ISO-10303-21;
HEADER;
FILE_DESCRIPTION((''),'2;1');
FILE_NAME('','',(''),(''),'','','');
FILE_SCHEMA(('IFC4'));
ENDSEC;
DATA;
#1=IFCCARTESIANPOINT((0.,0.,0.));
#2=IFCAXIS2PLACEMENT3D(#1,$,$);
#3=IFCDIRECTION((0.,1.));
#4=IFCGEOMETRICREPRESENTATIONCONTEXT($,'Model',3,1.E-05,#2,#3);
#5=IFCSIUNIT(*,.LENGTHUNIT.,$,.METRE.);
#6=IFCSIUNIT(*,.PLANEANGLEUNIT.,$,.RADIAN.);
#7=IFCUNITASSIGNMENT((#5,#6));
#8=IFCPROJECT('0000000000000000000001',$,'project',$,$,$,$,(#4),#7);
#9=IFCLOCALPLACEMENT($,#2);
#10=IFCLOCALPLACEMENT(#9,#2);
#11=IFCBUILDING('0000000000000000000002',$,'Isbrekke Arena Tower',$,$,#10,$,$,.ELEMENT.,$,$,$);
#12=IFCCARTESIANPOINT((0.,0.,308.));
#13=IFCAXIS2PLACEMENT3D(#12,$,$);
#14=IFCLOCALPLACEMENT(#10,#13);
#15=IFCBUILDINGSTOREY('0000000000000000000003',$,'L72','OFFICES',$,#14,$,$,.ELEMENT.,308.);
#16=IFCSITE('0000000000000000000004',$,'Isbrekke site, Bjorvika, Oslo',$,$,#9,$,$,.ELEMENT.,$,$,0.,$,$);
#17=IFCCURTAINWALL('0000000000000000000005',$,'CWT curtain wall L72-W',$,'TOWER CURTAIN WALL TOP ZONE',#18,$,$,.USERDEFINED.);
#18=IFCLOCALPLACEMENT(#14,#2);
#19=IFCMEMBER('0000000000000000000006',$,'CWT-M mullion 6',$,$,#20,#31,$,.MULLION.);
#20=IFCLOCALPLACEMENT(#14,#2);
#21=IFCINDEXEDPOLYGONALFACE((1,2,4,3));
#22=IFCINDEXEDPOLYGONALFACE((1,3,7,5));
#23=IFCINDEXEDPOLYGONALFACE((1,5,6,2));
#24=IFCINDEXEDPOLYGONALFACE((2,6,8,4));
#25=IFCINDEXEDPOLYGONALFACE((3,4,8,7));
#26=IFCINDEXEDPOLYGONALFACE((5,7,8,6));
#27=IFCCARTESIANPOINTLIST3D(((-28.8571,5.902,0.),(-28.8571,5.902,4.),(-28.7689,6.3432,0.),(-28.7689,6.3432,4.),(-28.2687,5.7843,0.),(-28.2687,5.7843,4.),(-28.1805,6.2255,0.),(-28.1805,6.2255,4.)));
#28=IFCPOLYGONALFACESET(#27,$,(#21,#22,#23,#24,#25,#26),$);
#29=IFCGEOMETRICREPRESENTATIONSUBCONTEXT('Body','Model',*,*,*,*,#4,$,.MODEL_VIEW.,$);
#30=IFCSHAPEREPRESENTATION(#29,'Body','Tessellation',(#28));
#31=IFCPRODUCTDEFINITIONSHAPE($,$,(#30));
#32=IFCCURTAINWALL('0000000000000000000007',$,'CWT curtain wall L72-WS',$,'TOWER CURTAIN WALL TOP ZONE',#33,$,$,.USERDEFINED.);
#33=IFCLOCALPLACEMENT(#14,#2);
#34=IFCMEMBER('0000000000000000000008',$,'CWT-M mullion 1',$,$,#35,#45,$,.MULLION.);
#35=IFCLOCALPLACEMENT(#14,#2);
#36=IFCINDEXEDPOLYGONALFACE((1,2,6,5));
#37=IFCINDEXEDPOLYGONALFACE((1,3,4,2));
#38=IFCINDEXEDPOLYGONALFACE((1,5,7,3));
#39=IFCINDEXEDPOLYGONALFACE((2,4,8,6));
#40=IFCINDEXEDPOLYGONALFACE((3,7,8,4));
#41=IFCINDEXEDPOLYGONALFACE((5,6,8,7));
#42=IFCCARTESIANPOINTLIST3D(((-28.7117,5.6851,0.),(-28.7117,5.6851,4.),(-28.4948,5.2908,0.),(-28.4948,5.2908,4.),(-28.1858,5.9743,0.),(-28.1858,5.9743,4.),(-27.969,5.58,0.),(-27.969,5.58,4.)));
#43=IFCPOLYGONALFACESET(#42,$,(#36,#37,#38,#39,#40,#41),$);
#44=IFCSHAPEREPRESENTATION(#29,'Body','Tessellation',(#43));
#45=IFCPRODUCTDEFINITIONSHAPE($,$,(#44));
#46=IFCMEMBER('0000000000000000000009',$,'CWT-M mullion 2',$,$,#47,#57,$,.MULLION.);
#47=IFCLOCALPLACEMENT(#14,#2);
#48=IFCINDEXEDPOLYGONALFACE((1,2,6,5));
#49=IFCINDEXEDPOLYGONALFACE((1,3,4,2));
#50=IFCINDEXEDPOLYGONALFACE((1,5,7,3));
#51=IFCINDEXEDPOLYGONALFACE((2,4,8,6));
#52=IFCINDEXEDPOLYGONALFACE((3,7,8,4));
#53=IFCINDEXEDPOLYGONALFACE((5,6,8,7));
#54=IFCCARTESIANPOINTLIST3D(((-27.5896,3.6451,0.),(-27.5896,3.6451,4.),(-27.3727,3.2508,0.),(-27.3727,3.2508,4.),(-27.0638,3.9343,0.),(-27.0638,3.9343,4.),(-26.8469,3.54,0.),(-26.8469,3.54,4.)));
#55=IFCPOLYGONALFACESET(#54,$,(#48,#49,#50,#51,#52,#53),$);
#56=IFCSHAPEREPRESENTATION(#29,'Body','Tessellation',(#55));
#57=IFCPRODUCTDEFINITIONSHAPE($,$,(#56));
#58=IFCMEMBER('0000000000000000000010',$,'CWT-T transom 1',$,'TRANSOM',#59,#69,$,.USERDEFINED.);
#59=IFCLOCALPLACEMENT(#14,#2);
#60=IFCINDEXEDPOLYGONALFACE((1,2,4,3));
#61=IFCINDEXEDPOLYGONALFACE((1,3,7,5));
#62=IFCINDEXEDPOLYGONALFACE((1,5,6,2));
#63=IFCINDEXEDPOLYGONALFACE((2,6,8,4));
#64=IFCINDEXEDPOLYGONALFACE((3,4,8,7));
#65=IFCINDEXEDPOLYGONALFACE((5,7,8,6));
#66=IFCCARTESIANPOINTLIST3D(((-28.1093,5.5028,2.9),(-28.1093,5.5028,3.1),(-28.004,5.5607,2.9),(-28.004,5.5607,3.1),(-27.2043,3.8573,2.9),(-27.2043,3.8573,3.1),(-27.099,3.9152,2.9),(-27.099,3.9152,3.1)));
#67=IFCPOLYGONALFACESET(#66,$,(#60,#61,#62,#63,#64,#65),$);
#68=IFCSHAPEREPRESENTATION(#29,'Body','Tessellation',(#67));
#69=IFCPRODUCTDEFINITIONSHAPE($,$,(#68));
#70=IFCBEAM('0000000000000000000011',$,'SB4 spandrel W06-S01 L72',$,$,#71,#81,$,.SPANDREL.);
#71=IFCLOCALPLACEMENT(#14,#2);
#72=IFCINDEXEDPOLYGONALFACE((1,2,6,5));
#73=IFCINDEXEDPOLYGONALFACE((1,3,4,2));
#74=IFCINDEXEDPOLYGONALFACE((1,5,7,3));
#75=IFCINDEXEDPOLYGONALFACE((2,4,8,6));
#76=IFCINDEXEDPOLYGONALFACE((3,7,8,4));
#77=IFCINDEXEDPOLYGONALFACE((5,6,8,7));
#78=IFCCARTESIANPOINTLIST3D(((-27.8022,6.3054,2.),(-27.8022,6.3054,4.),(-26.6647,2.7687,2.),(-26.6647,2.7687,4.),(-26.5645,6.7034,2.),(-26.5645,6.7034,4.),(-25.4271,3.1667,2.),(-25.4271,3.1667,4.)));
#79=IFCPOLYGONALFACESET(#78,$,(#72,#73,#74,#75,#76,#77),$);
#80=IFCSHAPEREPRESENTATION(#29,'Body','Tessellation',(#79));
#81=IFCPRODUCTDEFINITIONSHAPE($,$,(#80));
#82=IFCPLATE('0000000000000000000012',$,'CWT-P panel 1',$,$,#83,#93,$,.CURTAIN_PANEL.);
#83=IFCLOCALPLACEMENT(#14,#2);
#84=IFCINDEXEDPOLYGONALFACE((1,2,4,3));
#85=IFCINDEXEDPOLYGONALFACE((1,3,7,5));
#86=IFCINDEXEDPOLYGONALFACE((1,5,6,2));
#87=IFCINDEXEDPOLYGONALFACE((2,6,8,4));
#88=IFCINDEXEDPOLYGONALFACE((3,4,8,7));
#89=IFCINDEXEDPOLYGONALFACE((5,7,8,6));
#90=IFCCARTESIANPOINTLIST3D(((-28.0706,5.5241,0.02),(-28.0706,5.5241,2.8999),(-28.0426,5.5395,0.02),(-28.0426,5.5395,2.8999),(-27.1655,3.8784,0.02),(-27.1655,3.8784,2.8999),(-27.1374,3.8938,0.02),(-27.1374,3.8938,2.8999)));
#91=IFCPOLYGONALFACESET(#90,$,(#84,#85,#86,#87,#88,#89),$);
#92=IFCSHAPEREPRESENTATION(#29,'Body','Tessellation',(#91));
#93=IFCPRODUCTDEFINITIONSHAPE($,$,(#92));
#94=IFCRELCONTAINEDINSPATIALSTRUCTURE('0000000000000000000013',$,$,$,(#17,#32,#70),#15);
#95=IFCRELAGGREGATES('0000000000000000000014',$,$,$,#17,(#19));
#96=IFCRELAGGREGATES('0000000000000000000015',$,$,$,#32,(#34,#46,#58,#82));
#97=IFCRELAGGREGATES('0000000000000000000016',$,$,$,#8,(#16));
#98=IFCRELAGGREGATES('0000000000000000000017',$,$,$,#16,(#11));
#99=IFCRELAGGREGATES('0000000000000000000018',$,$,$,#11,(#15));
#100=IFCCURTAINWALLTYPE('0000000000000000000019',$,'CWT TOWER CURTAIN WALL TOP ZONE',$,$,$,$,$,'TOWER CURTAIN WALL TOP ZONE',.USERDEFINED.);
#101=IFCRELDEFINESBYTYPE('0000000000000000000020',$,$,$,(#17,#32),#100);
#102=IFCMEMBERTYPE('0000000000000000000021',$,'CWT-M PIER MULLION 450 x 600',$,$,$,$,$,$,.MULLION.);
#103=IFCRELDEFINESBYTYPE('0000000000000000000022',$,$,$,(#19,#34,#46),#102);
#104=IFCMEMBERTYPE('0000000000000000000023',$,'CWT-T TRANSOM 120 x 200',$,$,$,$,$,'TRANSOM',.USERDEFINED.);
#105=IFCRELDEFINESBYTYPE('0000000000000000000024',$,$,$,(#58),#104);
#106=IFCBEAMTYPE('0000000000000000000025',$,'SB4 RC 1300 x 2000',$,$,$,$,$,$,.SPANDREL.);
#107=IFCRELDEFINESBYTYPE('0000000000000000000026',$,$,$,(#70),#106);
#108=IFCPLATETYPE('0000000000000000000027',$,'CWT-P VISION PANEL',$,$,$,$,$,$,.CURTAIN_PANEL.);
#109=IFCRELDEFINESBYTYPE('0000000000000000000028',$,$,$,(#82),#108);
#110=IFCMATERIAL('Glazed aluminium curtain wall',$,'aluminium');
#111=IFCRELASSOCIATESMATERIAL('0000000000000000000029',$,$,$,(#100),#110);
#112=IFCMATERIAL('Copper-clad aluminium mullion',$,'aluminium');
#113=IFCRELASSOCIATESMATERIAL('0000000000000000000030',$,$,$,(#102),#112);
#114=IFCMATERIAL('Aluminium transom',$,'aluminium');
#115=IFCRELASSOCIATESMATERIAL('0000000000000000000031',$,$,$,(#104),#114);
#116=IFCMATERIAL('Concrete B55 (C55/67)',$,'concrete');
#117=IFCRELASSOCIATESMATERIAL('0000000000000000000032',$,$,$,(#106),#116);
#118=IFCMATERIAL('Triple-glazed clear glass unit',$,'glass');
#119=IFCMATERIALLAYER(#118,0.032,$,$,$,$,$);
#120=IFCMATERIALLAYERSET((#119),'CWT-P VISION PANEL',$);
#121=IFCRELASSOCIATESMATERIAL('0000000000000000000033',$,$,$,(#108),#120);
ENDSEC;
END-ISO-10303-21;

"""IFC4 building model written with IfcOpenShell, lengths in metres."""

from ifc_helpers import new_model, si_unit, direction, frame, origin, origin_2d, place, context, subcontext, project, spatial, rectangle, extrude, material, layer, layer_set, material_profile, profile_set, type_object, element, aggregate, save


model = new_model("IFC4")

# Units and contexts
model_context = context("Model", 3, precision=1e-05, world=origin(), true_north=direction((0.0, 1.0)))
body_context = subcontext(model_context, "Body", "Model", "MODEL_VIEW")
ifc_project = project(units=[si_unit("LENGTHUNIT", "METRE"), si_unit("PLANEANGLEUNIT", "RADIAN")], contexts=[model_context])

# Site, building, storey
site_placement = place(None, origin())
site = spatial("IfcSite", under=ifc_project, at=site_placement, Name="Isbrekke site, Bjorvika, Oslo", CompositionType="ELEMENT", RefElevation=0.0)
building_placement = place(site_placement, origin())
building = spatial("IfcBuilding", under=site, at=building_placement, Name="Isbrekke Arena Tower", CompositionType="ELEMENT")
storey_placement = place(building_placement, frame((0.0, 0.0, 308.0)))
storey = spatial("IfcBuildingStorey", under=building, at=storey_placement, Name="L72", Description="OFFICES", CompositionType="ELEMENT", Elevation=308.0)

# Curtain wall, member
ifc_material_1 = material(Name="Glazed aluminium curtain wall", Category="aluminium")
curtain_wall_type = type_object("IfcCurtainWallType", Name="CWT TOWER CURTAIN WALL TOP ZONE", ElementType="TOWER CURTAIN WALL TOP ZONE", PredefinedType="USERDEFINED", material=ifc_material_1)
curtain_wall_1_placement = place(storey_placement, origin())
curtain_wall_1 = element("IfcCurtainWall", 1, at=curtain_wall_1_placement, inside=storey, type_object=curtain_wall_type, Name="CWT curtain wall L72-W", ObjectType="TOWER CURTAIN WALL TOP ZONE", PredefinedType="USERDEFINED")
ifc_material_2 = material(Name="Copper-clad aluminium mullion", Category="aluminium")
ifc_material_profile_1 = material_profile(ifc_material_2, rectangle(XDim=0.45, YDim=0.6001, at=origin_2d()), Name="PIER 450X600")
ifc_profile_set_1 = profile_set([ifc_material_profile_1], Name="Copper-clad aluminium mullion")
member_type_1 = type_object("IfcMemberType", Name="CWT-M PIER MULLION 450 x 600", PredefinedType="MULLION", material=ifc_profile_set_1)
member_1_placement = place(storey_placement, frame((-28.5188, 6.0637, 0.0), z_axis=(0.0, 0.0, 1.0), x_axis=(-0.196116, -0.980581, 0.0)))
member_1 = element("IfcMember", 2, at=member_1_placement, type_object=member_type_1, Name="CWT-M mullion 6", PredefinedType="MULLION", context=body_context, shape_type="SweptSolid", body=[
    extrude(rectangle(XDim=0.45, YDim=0.6001, at=origin_2d()), origin(), (0.0, 0.0, 1.0), 4.0),
])
aggregate(curtain_wall_1, [member_1])

# Curtain wall, members
curtain_wall_2_placement = place(storey_placement, origin())
curtain_wall_2 = element("IfcCurtainWall", 3, at=curtain_wall_2_placement, inside=storey, type_object=curtain_wall_type, Name="CWT curtain wall L72-WS", ObjectType="TOWER CURTAIN WALL TOP ZONE", PredefinedType="USERDEFINED")
member_2_placement = place(storey_placement, frame((-28.3403, 5.6326, 0.0), z_axis=(0.0, 0.0, 1.0), x_axis=(0.481919, -0.876216, 0.0)))
member_2 = element("IfcMember", 4, at=member_2_placement, type_object=member_type_1, Name="CWT-M mullion 1", PredefinedType="MULLION", context=body_context, shape_type="SweptSolid", body=[
    extrude(rectangle(XDim=0.45, YDim=0.6001, at=origin_2d()), origin(), (0.0, 0.0, 1.0), 4.0),
])
member_3_placement = place(storey_placement, frame((-27.2183, 3.5925, 0.0), z_axis=(0.0, 0.0, 1.0), x_axis=(0.481919, -0.876216, 0.0)))
member_3 = element("IfcMember", 5, at=member_3_placement, type_object=member_type_1, Name="CWT-M mullion 2", PredefinedType="MULLION", context=body_context, shape_type="SweptSolid", body=[
    extrude(rectangle(XDim=0.45, YDim=0.6001, at=origin_2d()), origin(), (0.0, 0.0, 1.0), 4.0),
])
ifc_material_3 = material(Name="Aluminium transom", Category="aluminium")
ifc_material_profile_2 = material_profile(ifc_material_3, rectangle(XDim=0.1201, YDim=0.2, at=origin_2d()), Name="TRANSOM 120X200")
ifc_profile_set_2 = profile_set([ifc_material_profile_2], Name="Aluminium transom")
member_type_2 = type_object("IfcMemberType", Name="CWT-T TRANSOM 120 x 200", ElementType="TRANSOM", PredefinedType="USERDEFINED", material=ifc_profile_set_2)
member_4_placement = place(storey_placement, frame((-28.0566, 5.5317, 3.0), z_axis=(0.481919, -0.876216, 0.0), x_axis=(0.876216, 0.481919, 0.0)))
member_4 = element("IfcMember", 6, at=member_4_placement, type_object=member_type_2, Name="CWT-T transom 1", ObjectType="TRANSOM", PredefinedType="USERDEFINED", context=body_context, shape_type="SweptSolid", body=[
    extrude(rectangle(XDim=0.1201, YDim=0.2, at=origin_2d()), origin(), (0.0, 0.0, 1.0), 1.8779),
])

# Beam
ifc_material_4 = material(Name="Concrete B55 (C55/67)", Category="concrete")
ifc_material_profile_3 = material_profile(ifc_material_4, rectangle(XDim=1.3, YDim=2.0, at=origin_2d()), Name="RC 1300x2000")
ifc_profile_set_3 = profile_set([ifc_material_profile_3], Name="Concrete B55 (C55/67)")
beam_type = type_object("IfcBeamType", Name="SB4 RC 1300 x 2000", PredefinedType="SPANDREL", material=ifc_profile_set_3)
beam_placement = place(storey_placement, frame((-27.1833, 6.5044, 3.0), z_axis=(0.306175, -0.951975, 0.0), x_axis=(0.951975, 0.306175, 0.0)))
element("IfcBeam", 7, at=beam_placement, inside=storey, type_object=beam_type, Name="SB4 spandrel W06-S01 L72", PredefinedType="SPANDREL", context=body_context, shape_type="SweptSolid", body=[
    extrude(rectangle(XDim=1.3, YDim=2.0, at=origin_2d()), origin(), (0.0, 0.0, 1.0), 3.7151),
])

# Plate
ifc_material_5 = material(Name="Triple-glazed clear glass unit", Category="glass")
ifc_layer_1 = layer(ifc_material_5, 0.032)
ifc_layer_set_1 = layer_set([ifc_layer_1], Name="CWT-P VISION PANEL")
plate_type = type_object("IfcPlateType", Name="CWT-P VISION PANEL", PredefinedType="CURTAIN_PANEL", material=ifc_layer_set_1)
plate_placement = place(storey_placement, frame((-27.604, 4.709, 0.02), z_axis=(0.0, 0.0, 1.0), x_axis=(0.481919, -0.876216, 0.0)))
plate = element("IfcPlate", 8, at=plate_placement, type_object=plate_type, Name="CWT-P panel 1", PredefinedType="CURTAIN_PANEL", context=body_context, shape_type="SweptSolid", body=[
    extrude(rectangle(XDim=1.8782, YDim=0.032, at=origin_2d()), origin(), (0.0, 0.0, 1.0), 2.8799),
])
aggregate(curtain_wall_2, [member_2, member_3, member_4, plate])

save(model, "model.ifc")
